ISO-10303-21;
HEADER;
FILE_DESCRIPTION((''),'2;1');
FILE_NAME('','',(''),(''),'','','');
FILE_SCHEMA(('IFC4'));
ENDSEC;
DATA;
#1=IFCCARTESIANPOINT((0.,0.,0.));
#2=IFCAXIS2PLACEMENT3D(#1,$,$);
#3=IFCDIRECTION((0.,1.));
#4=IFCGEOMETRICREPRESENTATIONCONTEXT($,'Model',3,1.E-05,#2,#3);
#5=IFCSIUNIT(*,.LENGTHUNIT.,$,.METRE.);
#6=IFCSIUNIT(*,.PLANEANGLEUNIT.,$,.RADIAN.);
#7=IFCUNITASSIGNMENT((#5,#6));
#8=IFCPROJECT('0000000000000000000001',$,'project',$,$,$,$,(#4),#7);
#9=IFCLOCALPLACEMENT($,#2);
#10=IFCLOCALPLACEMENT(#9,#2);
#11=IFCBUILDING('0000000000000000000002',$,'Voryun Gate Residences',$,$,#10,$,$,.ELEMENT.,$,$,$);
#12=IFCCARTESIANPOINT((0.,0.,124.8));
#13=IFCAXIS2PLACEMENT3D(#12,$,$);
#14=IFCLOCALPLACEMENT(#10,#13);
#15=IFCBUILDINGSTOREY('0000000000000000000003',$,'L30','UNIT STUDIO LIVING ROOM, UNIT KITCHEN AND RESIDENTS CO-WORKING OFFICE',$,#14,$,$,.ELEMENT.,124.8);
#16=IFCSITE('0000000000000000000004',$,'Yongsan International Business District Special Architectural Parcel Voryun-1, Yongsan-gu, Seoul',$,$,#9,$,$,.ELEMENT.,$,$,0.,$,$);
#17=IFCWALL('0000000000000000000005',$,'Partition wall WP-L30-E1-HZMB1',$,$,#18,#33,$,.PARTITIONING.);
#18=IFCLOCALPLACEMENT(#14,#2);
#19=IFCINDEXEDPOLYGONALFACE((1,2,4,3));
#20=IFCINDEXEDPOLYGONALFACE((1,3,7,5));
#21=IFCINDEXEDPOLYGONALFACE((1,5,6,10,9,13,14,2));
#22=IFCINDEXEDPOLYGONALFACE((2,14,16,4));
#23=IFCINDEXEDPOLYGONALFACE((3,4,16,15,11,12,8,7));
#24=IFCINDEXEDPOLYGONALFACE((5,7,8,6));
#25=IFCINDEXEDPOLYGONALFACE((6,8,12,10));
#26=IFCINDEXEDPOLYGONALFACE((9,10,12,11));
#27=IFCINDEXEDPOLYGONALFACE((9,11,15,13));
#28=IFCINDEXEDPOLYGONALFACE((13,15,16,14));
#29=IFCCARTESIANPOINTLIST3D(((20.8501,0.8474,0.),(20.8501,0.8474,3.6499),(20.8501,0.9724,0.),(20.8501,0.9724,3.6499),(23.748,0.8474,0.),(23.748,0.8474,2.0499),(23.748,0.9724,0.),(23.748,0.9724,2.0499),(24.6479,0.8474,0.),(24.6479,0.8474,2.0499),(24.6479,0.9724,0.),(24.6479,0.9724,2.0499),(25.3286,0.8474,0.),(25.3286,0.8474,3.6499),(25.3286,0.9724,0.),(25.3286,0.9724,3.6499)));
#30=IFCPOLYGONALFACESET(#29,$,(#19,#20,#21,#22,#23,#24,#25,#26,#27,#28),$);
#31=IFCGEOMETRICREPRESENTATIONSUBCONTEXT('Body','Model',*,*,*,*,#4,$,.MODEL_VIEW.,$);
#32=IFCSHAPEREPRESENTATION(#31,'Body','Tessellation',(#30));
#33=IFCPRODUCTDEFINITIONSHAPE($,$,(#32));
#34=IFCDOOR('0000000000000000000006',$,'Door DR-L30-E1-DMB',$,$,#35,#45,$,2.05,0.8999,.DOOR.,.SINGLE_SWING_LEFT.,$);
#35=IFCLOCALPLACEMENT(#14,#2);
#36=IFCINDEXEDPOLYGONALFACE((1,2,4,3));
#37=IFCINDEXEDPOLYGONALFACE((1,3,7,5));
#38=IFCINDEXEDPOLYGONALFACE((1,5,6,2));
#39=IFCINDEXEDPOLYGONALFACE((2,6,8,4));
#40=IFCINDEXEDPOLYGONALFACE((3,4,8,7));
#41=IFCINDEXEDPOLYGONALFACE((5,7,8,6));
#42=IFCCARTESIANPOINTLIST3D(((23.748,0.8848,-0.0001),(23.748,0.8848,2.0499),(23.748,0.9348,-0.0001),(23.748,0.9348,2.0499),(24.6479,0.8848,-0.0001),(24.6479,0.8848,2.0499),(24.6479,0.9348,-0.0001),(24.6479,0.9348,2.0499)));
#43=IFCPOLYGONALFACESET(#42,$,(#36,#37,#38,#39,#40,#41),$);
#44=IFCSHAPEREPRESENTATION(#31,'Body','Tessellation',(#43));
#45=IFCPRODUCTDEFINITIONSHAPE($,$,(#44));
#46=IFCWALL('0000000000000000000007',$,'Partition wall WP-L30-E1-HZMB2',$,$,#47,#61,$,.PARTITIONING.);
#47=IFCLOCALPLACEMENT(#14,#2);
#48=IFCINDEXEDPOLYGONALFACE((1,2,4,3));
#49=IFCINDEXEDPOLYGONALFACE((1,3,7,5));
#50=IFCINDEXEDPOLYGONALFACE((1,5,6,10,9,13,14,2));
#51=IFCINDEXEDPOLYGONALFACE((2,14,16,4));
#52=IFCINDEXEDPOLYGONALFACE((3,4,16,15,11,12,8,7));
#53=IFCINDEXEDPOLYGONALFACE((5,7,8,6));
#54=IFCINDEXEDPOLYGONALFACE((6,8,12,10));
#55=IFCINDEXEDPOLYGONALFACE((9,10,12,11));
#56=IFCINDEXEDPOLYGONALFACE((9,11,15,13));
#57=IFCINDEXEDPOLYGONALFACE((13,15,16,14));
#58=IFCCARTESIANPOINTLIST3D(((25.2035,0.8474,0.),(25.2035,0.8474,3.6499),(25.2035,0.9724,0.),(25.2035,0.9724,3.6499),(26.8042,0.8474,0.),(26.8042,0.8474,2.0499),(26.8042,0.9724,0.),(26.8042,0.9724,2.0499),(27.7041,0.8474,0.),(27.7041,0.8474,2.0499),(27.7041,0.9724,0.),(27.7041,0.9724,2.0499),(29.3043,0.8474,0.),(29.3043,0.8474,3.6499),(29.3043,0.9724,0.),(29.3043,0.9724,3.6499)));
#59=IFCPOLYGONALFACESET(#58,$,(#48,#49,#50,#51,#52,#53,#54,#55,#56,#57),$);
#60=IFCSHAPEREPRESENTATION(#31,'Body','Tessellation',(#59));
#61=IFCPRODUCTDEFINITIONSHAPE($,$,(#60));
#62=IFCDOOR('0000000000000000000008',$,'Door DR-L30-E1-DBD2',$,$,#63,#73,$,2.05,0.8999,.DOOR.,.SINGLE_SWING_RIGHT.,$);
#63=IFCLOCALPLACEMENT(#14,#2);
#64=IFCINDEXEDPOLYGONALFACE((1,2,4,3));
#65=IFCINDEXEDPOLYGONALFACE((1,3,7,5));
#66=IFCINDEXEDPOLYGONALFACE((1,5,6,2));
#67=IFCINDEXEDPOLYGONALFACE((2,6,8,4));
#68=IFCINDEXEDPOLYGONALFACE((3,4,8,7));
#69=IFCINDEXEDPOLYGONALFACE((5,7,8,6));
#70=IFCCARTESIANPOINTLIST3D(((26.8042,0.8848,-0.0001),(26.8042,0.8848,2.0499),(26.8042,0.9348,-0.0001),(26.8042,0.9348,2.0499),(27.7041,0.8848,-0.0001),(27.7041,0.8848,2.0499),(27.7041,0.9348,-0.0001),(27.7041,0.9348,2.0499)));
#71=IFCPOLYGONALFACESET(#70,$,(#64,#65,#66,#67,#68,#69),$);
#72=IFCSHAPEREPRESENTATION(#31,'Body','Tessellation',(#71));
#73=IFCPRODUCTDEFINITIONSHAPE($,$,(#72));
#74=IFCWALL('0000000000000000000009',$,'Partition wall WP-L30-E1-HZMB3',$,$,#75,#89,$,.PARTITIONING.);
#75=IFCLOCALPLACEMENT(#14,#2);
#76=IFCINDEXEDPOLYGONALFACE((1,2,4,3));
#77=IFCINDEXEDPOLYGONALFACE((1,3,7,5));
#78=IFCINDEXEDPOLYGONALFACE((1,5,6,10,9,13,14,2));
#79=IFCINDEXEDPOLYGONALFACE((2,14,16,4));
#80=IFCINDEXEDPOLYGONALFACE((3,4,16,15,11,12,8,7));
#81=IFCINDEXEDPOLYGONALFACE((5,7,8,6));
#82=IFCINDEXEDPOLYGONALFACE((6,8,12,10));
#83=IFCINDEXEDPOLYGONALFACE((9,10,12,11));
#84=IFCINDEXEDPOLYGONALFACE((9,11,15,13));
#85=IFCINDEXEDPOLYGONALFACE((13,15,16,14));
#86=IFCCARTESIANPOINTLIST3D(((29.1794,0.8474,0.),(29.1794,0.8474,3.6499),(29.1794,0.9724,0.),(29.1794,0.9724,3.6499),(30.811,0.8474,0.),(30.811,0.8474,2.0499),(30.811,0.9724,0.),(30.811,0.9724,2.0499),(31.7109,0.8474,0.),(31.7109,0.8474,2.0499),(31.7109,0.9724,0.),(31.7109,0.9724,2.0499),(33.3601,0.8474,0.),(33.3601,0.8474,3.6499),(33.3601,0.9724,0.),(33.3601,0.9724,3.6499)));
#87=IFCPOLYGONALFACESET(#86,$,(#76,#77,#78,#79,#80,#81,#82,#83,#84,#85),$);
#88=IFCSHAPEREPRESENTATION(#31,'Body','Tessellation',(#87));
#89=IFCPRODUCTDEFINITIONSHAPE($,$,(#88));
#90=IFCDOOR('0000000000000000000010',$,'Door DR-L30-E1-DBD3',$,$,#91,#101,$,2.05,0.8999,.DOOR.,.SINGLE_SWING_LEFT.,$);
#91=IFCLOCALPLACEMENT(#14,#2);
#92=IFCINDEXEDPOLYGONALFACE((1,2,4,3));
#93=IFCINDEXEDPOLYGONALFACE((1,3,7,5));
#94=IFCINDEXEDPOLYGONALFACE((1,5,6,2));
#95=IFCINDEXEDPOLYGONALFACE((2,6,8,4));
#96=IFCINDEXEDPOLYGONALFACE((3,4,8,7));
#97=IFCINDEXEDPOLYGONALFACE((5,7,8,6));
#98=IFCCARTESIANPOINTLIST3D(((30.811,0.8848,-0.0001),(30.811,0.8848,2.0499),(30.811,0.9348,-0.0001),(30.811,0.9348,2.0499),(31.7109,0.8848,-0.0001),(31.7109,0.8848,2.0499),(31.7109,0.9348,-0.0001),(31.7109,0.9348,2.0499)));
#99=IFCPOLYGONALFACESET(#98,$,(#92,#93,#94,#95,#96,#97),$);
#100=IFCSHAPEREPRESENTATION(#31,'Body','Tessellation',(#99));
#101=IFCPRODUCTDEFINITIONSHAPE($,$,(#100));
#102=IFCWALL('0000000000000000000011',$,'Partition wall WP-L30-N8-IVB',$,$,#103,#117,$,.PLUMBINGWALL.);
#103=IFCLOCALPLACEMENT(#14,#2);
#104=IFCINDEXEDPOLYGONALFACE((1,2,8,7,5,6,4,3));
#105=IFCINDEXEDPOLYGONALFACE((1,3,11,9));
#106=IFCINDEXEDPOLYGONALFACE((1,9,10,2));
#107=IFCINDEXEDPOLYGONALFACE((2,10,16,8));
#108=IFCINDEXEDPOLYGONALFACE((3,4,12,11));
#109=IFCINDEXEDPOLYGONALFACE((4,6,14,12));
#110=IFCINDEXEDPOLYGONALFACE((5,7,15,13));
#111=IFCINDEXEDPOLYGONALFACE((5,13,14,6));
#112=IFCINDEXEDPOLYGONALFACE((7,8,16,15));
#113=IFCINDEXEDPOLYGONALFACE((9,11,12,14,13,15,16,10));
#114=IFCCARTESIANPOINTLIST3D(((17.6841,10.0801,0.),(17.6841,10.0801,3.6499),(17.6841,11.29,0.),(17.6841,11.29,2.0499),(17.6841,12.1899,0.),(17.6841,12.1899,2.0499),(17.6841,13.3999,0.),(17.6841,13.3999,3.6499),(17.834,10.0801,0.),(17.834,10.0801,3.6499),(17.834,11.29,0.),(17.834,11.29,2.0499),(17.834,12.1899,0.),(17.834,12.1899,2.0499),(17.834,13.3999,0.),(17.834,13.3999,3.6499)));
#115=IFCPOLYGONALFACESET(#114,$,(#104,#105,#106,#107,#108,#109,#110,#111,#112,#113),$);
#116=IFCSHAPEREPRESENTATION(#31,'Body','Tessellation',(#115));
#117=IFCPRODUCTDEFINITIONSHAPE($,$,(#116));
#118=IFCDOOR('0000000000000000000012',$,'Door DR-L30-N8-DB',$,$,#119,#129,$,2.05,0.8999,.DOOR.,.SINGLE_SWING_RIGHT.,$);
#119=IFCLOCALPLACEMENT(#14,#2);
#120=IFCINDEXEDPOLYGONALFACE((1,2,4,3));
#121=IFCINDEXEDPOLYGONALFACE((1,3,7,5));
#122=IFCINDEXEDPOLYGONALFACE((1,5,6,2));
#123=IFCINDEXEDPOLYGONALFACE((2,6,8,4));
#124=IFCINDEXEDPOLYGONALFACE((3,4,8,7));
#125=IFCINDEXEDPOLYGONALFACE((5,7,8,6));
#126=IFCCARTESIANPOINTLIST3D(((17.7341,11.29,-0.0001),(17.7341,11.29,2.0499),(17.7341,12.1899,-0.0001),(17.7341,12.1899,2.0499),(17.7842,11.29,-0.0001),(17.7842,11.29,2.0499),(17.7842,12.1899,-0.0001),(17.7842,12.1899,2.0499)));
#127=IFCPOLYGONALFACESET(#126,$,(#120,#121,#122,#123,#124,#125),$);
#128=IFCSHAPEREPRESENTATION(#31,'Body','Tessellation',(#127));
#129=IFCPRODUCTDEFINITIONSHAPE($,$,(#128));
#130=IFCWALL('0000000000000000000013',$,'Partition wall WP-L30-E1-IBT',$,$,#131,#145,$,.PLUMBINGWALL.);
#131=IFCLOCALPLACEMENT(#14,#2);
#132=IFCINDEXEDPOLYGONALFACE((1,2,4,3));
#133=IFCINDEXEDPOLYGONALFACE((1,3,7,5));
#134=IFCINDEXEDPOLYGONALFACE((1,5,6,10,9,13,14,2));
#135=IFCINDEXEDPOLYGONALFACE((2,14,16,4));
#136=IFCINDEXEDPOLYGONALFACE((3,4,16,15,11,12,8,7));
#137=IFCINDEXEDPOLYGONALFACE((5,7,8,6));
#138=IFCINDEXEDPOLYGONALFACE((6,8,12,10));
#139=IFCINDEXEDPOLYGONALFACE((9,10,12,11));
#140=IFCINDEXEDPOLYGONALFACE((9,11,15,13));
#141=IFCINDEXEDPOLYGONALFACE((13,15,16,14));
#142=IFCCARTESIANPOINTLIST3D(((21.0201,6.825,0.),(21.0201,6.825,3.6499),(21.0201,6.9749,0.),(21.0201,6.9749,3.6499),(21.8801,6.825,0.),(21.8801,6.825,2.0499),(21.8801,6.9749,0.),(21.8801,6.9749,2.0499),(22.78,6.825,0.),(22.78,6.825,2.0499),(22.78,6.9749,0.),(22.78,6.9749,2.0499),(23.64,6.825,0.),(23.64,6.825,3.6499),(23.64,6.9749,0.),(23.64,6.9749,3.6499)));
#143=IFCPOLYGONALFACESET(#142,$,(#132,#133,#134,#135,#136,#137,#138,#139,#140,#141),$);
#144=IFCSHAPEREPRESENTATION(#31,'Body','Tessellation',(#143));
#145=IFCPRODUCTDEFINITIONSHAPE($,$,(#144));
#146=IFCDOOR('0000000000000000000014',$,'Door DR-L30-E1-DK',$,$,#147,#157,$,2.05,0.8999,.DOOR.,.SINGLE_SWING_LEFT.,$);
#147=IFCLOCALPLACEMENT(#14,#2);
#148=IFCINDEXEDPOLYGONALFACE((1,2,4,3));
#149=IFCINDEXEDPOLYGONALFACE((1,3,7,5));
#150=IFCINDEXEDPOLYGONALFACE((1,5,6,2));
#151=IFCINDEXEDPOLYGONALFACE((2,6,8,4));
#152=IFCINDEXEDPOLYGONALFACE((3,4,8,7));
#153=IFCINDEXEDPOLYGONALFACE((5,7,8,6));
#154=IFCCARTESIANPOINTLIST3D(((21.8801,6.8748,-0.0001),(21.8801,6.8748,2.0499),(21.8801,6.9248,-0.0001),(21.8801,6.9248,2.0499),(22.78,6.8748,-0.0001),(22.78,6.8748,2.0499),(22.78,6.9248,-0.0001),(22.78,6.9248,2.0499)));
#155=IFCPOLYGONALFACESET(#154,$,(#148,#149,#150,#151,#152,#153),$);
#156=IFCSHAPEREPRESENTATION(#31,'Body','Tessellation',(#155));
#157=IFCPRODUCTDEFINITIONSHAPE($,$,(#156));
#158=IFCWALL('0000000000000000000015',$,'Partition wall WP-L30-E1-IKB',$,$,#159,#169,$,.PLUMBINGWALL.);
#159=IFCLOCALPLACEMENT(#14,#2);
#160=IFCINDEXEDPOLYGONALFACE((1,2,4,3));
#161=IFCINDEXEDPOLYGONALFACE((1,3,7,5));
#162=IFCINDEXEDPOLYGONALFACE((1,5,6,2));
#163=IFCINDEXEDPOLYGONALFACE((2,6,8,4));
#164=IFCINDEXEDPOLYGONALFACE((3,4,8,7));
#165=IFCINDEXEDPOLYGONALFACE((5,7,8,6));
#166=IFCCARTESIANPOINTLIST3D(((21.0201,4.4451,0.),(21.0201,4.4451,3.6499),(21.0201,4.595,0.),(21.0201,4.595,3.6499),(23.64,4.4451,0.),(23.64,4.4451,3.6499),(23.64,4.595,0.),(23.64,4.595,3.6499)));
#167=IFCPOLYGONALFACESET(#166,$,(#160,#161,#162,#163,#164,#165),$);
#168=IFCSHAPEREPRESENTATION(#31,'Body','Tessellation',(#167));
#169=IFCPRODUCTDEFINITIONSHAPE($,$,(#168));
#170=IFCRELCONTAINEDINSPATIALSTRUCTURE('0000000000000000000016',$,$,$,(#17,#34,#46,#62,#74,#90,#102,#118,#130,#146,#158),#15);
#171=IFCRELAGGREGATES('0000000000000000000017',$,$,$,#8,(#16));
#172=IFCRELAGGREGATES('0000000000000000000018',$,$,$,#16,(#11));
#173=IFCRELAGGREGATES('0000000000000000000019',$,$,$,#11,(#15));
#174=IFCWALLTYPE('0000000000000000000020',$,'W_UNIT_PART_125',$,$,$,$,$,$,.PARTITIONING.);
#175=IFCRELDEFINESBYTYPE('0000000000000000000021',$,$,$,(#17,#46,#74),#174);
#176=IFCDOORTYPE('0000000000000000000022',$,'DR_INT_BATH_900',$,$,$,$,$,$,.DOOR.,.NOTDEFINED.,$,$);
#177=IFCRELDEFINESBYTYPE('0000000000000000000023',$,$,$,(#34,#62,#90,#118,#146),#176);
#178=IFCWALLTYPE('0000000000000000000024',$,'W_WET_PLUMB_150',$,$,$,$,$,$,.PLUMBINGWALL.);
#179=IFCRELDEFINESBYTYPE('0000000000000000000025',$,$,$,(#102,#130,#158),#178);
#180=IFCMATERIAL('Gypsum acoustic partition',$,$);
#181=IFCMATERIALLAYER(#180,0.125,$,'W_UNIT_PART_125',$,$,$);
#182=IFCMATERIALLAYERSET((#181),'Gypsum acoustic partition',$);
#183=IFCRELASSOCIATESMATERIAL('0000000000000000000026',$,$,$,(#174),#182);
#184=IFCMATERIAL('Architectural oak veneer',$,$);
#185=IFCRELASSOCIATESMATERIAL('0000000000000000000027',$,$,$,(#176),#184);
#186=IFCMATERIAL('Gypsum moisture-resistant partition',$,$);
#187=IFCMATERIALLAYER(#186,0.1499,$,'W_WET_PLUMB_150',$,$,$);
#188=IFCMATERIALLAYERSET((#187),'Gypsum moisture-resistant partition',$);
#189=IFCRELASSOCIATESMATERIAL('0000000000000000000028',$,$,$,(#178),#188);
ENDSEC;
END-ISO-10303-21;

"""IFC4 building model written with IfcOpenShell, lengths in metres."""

from ifc_helpers import new_model, si_unit, direction, frame, frame_2d, origin, place, context, subcontext, project, spatial, rectangle, extrude, material, layer, layer_set, type_object, element, fill, save


model = new_model("IFC4")

# Units and contexts
model_context = context("Model", 3, precision=1e-05, world=origin(), true_north=direction((0.0, 1.0)))
body_context = subcontext(model_context, "Body", "Model", "MODEL_VIEW")
ifc_project = project(units=[si_unit("LENGTHUNIT", "METRE"), si_unit("PLANEANGLEUNIT", "RADIAN")], contexts=[model_context])

# Site, building, storey
site_placement = place(None, origin())
site = spatial("IfcSite", under=ifc_project, at=site_placement, Name="Yongsan International Business District Special Architectural Parcel Voryun-1, Yongsan-gu, Seoul", CompositionType="ELEMENT", RefElevation=0.0)
building_placement = place(site_placement, origin())
building = spatial("IfcBuilding", under=site, at=building_placement, Name="Voryun Gate Residences", CompositionType="ELEMENT")
storey_placement = place(building_placement, frame((0.0, 0.0, 124.8)))
storey = spatial("IfcBuildingStorey", under=building, at=storey_placement, Name="L30", Description="UNIT STUDIO LIVING ROOM, UNIT KITCHEN AND RESIDENTS CO-WORKING OFFICE", CompositionType="ELEMENT", Elevation=124.8)

# Walls, openings, doors
ifc_material_1 = material(Name="Gypsum acoustic partition")
ifc_layer_1 = layer(ifc_material_1, 0.125, Name="W_UNIT_PART_125")
ifc_layer_set_1 = layer_set([ifc_layer_1], Name="Gypsum acoustic partition")
wall_type_1 = type_object("IfcWallType", Name="W_UNIT_PART_125", PredefinedType="PARTITIONING", material=ifc_layer_set_1)
wall_1_placement = place(storey_placement, frame((20.8501, 0.9099, 0.0), z_axis=(0.0, 0.0, 1.0), x_axis=(1.0, 0.0, 0.0)))
wall_1 = element("IfcWall", 1, at=wall_1_placement, inside=storey, type_object=wall_type_1, Name="Partition wall WP-L30-E1-HZMB1", PredefinedType="PARTITIONING", context=body_context, shape_type="SweptSolid", body=[
    extrude(rectangle(XDim=4.4785, YDim=0.125, at=frame_2d((2.2393, 0.0))), origin(), (0.0, 0.0, 1.0), 3.6499),
])
opening_1_placement = place(wall_1_placement, frame((2.8979, 0.0, 0.0)))
opening_1 = element("IfcOpeningElement", 2, at=opening_1_placement, cuts=wall_1, PredefinedType="OPENING", context=body_context, shape_type="SweptSolid", body=[
    extrude(rectangle(XDim=0.8999, YDim=2.05, at=frame_2d((0.45, 1.0249))), frame((0.0, 0.0725, 0.0), z_axis=(0.0, -1.0, 0.0), x_axis=(1.0, 0.0, 0.0)), (0.0, 0.0, 1.0), 0.145),
])
ifc_material_2 = material(Name="Architectural oak veneer")
door_type_1 = type_object("IfcDoorType", Name="DR_INT_BATH_900", OperationType="NOTDEFINED", PredefinedType="DOOR", material=ifc_material_2)
door_1_placement = place(opening_1_placement, origin())
door_1 = element("IfcDoor", 3, at=door_1_placement, inside=storey, type_object=door_type_1, Name="Door DR-L30-E1-DMB", OperationType="SINGLE_SWING_LEFT", OverallHeight=2.05, OverallWidth=0.8999, PredefinedType="DOOR", context=body_context, shape_type="SweptSolid", body=[
    extrude(rectangle(XDim=0.8999, YDim=2.05, at=frame_2d((0.45, 1.0249))), frame((0.0, 0.0249, 0.0), z_axis=(0.0, -1.0, 0.0), x_axis=(1.0, 0.0, 0.0)), (0.0, 0.0, 1.0), 0.05),
])
fill(opening_1, door_1)
wall_2_placement = place(storey_placement, frame((25.2036, 0.9099, 0.0), z_axis=(0.0, 0.0, 1.0), x_axis=(1.0, 0.0, 0.0)))
wall_2 = element("IfcWall", 4, at=wall_2_placement, inside=storey, type_object=wall_type_1, Name="Partition wall WP-L30-E1-HZMB2", PredefinedType="PARTITIONING", context=body_context, shape_type="SweptSolid", body=[
    extrude(rectangle(XDim=4.1008, YDim=0.125, at=frame_2d((2.0503, 0.0))), origin(), (0.0, 0.0, 1.0), 3.6499),
])
opening_2_placement = place(wall_2_placement, frame((1.6006, 0.0, 0.0)))
opening_2 = element("IfcOpeningElement", 5, at=opening_2_placement, cuts=wall_2, PredefinedType="OPENING", context=body_context, shape_type="SweptSolid", body=[
    extrude(rectangle(XDim=0.8999, YDim=2.05, at=frame_2d((0.45, 1.0249))), frame((0.0, 0.0725, 0.0), z_axis=(0.0, -1.0, 0.0), x_axis=(1.0, 0.0, 0.0)), (0.0, 0.0, 1.0), 0.145),
])
door_2_placement = place(opening_2_placement, origin())
door_2 = element("IfcDoor", 6, at=door_2_placement, inside=storey, type_object=door_type_1, Name="Door DR-L30-E1-DBD2", OperationType="SINGLE_SWING_RIGHT", OverallHeight=2.05, OverallWidth=0.8999, PredefinedType="DOOR", context=body_context, shape_type="SweptSolid", body=[
    extrude(rectangle(XDim=0.8999, YDim=2.05, at=frame_2d((0.45, 1.0249))), frame((0.0, 0.0249, 0.0), z_axis=(0.0, -1.0, 0.0), x_axis=(1.0, 0.0, 0.0)), (0.0, 0.0, 1.0), 0.05),
])
fill(opening_2, door_2)
wall_3_placement = place(storey_placement, frame((29.1794, 0.9099, 0.0), z_axis=(0.0, 0.0, 1.0), x_axis=(1.0, 0.0, 0.0)))
wall_3 = element("IfcWall", 7, at=wall_3_placement, inside=storey, type_object=wall_type_1, Name="Partition wall WP-L30-E1-HZMB3", PredefinedType="PARTITIONING", context=body_context, shape_type="SweptSolid", body=[
    extrude(rectangle(XDim=4.1807, YDim=0.125, at=frame_2d((2.0903, 0.0))), origin(), (0.0, 0.0, 1.0), 3.6499),
])
opening_3_placement = place(wall_3_placement, frame((1.6316, 0.0, 0.0)))
opening_3 = element("IfcOpeningElement", 8, at=opening_3_placement, cuts=wall_3, PredefinedType="OPENING", context=body_context, shape_type="SweptSolid", body=[
    extrude(rectangle(XDim=0.8999, YDim=2.05, at=frame_2d((0.45, 1.0249))), frame((0.0, 0.0725, 0.0), z_axis=(0.0, -1.0, 0.0), x_axis=(1.0, 0.0, 0.0)), (0.0, 0.0, 1.0), 0.145),
])
door_3_placement = place(opening_3_placement, origin())
door_3 = element("IfcDoor", 9, at=door_3_placement, inside=storey, type_object=door_type_1, Name="Door DR-L30-E1-DBD3", OperationType="SINGLE_SWING_LEFT", OverallHeight=2.05, OverallWidth=0.8999, PredefinedType="DOOR", context=body_context, shape_type="SweptSolid", body=[
    extrude(rectangle(XDim=0.8999, YDim=2.05, at=frame_2d((0.45, 1.0249))), frame((0.0, 0.0249, 0.0), z_axis=(0.0, -1.0, 0.0), x_axis=(1.0, 0.0, 0.0)), (0.0, 0.0, 1.0), 0.05),
])
fill(opening_3, door_3)
ifc_material_3 = material(Name="Gypsum moisture-resistant partition")
ifc_layer_2 = layer(ifc_material_3, 0.1499, Name="W_WET_PLUMB_150")
ifc_layer_set_2 = layer_set([ifc_layer_2], Name="Gypsum moisture-resistant partition")
wall_type_2 = type_object("IfcWallType", Name="W_WET_PLUMB_150", PredefinedType="PLUMBINGWALL", material=ifc_layer_set_2)
wall_4_placement = place(storey_placement, frame((17.759, 10.0801, 0.0), z_axis=(0.0, 0.0, 1.0), x_axis=(0.0, 1.0, 0.0)))
wall_4 = element("IfcWall", 10, at=wall_4_placement, inside=storey, type_object=wall_type_2, Name="Partition wall WP-L30-N8-IVB", PredefinedType="PLUMBINGWALL", context=body_context, shape_type="SweptSolid", body=[
    extrude(rectangle(XDim=3.3198, YDim=0.1499, at=frame_2d((1.6599, 0.0))), origin(), (0.0, 0.0, 1.0), 3.6499),
])
opening_4_placement = place(wall_4_placement, frame((1.21, 0.0, 0.0)))
opening_4 = element("IfcOpeningElement", 11, at=opening_4_placement, cuts=wall_4, PredefinedType="OPENING", context=body_context, shape_type="SweptSolid", body=[
    extrude(rectangle(XDim=0.8999, YDim=2.05, at=frame_2d((0.45, 1.0249))), frame((0.0, 0.085, 0.0), z_axis=(0.0, -1.0, 0.0), x_axis=(1.0, 0.0, 0.0)), (0.0, 0.0, 1.0), 0.1699),
])
door_4_placement = place(opening_4_placement, origin())
door_4 = element("IfcDoor", 12, at=door_4_placement, inside=storey, type_object=door_type_1, Name="Door DR-L30-N8-DB", OperationType="SINGLE_SWING_RIGHT", OverallHeight=2.05, OverallWidth=0.8999, PredefinedType="DOOR", context=body_context, shape_type="SweptSolid", body=[
    extrude(rectangle(XDim=0.8999, YDim=2.05, at=frame_2d((0.45, 1.0249))), frame((0.0, 0.0249, 0.0), z_axis=(0.0, -1.0, 0.0), x_axis=(1.0, 0.0, 0.0)), (0.0, 0.0, 1.0), 0.05),
])
fill(opening_4, door_4)
wall_5_placement = place(storey_placement, frame((21.02, 6.8999, 0.0), z_axis=(0.0, 0.0, 1.0), x_axis=(1.0, 0.0, 0.0)))
wall_5 = element("IfcWall", 13, at=wall_5_placement, inside=storey, type_object=wall_type_2, Name="Partition wall WP-L30-E1-IBT", PredefinedType="PLUMBINGWALL", context=body_context, shape_type="SweptSolid", body=[
    extrude(rectangle(XDim=2.6199, YDim=0.1499, at=frame_2d((1.3101, 0.0))), origin(), (0.0, 0.0, 1.0), 3.6499),
])
opening_5_placement = place(wall_5_placement, frame((0.8601, 0.0, 0.0)))
opening_5 = element("IfcOpeningElement", 14, at=opening_5_placement, cuts=wall_5, PredefinedType="OPENING", context=body_context, shape_type="SweptSolid", body=[
    extrude(rectangle(XDim=0.8999, YDim=2.05, at=frame_2d((0.45, 1.0249))), frame((0.0, 0.085, 0.0), z_axis=(0.0, -1.0, 0.0), x_axis=(1.0, 0.0, 0.0)), (0.0, 0.0, 1.0), 0.1699),
])
door_5_placement = place(opening_5_placement, origin())
door_5 = element("IfcDoor", 15, at=door_5_placement, inside=storey, type_object=door_type_1, Name="Door DR-L30-E1-DK", OperationType="SINGLE_SWING_LEFT", OverallHeight=2.05, OverallWidth=0.8999, PredefinedType="DOOR", context=body_context, shape_type="SweptSolid", body=[
    extrude(rectangle(XDim=0.8999, YDim=2.05, at=frame_2d((0.45, 1.0249))), frame((0.0, 0.0249, 0.0), z_axis=(0.0, -1.0, 0.0), x_axis=(1.0, 0.0, 0.0)), (0.0, 0.0, 1.0), 0.05),
])
fill(opening_5, door_5)

# Wall
for number, where, z_axis, x_axis, name in (
    (16, (21.02, 4.52, 0.0), (0.0, 0.0, 1.0), (1.0, 0.0, 0.0), "Partition wall WP-L30-E1-IKB"),
):
    element("IfcWall", number, at=place(storey_placement, frame(where, z_axis=z_axis, x_axis=x_axis)), inside=storey, type_object=wall_type_2, Name=name, PredefinedType="PLUMBINGWALL", context=body_context, shape_type="SweptSolid", body=[
        extrude(rectangle(XDim=2.6199, YDim=0.1499, at=frame_2d((1.3101, 0.0))), origin(), (0.0, 0.0, 1.0), 3.6499),
    ])

save(model, "model.ifc")
